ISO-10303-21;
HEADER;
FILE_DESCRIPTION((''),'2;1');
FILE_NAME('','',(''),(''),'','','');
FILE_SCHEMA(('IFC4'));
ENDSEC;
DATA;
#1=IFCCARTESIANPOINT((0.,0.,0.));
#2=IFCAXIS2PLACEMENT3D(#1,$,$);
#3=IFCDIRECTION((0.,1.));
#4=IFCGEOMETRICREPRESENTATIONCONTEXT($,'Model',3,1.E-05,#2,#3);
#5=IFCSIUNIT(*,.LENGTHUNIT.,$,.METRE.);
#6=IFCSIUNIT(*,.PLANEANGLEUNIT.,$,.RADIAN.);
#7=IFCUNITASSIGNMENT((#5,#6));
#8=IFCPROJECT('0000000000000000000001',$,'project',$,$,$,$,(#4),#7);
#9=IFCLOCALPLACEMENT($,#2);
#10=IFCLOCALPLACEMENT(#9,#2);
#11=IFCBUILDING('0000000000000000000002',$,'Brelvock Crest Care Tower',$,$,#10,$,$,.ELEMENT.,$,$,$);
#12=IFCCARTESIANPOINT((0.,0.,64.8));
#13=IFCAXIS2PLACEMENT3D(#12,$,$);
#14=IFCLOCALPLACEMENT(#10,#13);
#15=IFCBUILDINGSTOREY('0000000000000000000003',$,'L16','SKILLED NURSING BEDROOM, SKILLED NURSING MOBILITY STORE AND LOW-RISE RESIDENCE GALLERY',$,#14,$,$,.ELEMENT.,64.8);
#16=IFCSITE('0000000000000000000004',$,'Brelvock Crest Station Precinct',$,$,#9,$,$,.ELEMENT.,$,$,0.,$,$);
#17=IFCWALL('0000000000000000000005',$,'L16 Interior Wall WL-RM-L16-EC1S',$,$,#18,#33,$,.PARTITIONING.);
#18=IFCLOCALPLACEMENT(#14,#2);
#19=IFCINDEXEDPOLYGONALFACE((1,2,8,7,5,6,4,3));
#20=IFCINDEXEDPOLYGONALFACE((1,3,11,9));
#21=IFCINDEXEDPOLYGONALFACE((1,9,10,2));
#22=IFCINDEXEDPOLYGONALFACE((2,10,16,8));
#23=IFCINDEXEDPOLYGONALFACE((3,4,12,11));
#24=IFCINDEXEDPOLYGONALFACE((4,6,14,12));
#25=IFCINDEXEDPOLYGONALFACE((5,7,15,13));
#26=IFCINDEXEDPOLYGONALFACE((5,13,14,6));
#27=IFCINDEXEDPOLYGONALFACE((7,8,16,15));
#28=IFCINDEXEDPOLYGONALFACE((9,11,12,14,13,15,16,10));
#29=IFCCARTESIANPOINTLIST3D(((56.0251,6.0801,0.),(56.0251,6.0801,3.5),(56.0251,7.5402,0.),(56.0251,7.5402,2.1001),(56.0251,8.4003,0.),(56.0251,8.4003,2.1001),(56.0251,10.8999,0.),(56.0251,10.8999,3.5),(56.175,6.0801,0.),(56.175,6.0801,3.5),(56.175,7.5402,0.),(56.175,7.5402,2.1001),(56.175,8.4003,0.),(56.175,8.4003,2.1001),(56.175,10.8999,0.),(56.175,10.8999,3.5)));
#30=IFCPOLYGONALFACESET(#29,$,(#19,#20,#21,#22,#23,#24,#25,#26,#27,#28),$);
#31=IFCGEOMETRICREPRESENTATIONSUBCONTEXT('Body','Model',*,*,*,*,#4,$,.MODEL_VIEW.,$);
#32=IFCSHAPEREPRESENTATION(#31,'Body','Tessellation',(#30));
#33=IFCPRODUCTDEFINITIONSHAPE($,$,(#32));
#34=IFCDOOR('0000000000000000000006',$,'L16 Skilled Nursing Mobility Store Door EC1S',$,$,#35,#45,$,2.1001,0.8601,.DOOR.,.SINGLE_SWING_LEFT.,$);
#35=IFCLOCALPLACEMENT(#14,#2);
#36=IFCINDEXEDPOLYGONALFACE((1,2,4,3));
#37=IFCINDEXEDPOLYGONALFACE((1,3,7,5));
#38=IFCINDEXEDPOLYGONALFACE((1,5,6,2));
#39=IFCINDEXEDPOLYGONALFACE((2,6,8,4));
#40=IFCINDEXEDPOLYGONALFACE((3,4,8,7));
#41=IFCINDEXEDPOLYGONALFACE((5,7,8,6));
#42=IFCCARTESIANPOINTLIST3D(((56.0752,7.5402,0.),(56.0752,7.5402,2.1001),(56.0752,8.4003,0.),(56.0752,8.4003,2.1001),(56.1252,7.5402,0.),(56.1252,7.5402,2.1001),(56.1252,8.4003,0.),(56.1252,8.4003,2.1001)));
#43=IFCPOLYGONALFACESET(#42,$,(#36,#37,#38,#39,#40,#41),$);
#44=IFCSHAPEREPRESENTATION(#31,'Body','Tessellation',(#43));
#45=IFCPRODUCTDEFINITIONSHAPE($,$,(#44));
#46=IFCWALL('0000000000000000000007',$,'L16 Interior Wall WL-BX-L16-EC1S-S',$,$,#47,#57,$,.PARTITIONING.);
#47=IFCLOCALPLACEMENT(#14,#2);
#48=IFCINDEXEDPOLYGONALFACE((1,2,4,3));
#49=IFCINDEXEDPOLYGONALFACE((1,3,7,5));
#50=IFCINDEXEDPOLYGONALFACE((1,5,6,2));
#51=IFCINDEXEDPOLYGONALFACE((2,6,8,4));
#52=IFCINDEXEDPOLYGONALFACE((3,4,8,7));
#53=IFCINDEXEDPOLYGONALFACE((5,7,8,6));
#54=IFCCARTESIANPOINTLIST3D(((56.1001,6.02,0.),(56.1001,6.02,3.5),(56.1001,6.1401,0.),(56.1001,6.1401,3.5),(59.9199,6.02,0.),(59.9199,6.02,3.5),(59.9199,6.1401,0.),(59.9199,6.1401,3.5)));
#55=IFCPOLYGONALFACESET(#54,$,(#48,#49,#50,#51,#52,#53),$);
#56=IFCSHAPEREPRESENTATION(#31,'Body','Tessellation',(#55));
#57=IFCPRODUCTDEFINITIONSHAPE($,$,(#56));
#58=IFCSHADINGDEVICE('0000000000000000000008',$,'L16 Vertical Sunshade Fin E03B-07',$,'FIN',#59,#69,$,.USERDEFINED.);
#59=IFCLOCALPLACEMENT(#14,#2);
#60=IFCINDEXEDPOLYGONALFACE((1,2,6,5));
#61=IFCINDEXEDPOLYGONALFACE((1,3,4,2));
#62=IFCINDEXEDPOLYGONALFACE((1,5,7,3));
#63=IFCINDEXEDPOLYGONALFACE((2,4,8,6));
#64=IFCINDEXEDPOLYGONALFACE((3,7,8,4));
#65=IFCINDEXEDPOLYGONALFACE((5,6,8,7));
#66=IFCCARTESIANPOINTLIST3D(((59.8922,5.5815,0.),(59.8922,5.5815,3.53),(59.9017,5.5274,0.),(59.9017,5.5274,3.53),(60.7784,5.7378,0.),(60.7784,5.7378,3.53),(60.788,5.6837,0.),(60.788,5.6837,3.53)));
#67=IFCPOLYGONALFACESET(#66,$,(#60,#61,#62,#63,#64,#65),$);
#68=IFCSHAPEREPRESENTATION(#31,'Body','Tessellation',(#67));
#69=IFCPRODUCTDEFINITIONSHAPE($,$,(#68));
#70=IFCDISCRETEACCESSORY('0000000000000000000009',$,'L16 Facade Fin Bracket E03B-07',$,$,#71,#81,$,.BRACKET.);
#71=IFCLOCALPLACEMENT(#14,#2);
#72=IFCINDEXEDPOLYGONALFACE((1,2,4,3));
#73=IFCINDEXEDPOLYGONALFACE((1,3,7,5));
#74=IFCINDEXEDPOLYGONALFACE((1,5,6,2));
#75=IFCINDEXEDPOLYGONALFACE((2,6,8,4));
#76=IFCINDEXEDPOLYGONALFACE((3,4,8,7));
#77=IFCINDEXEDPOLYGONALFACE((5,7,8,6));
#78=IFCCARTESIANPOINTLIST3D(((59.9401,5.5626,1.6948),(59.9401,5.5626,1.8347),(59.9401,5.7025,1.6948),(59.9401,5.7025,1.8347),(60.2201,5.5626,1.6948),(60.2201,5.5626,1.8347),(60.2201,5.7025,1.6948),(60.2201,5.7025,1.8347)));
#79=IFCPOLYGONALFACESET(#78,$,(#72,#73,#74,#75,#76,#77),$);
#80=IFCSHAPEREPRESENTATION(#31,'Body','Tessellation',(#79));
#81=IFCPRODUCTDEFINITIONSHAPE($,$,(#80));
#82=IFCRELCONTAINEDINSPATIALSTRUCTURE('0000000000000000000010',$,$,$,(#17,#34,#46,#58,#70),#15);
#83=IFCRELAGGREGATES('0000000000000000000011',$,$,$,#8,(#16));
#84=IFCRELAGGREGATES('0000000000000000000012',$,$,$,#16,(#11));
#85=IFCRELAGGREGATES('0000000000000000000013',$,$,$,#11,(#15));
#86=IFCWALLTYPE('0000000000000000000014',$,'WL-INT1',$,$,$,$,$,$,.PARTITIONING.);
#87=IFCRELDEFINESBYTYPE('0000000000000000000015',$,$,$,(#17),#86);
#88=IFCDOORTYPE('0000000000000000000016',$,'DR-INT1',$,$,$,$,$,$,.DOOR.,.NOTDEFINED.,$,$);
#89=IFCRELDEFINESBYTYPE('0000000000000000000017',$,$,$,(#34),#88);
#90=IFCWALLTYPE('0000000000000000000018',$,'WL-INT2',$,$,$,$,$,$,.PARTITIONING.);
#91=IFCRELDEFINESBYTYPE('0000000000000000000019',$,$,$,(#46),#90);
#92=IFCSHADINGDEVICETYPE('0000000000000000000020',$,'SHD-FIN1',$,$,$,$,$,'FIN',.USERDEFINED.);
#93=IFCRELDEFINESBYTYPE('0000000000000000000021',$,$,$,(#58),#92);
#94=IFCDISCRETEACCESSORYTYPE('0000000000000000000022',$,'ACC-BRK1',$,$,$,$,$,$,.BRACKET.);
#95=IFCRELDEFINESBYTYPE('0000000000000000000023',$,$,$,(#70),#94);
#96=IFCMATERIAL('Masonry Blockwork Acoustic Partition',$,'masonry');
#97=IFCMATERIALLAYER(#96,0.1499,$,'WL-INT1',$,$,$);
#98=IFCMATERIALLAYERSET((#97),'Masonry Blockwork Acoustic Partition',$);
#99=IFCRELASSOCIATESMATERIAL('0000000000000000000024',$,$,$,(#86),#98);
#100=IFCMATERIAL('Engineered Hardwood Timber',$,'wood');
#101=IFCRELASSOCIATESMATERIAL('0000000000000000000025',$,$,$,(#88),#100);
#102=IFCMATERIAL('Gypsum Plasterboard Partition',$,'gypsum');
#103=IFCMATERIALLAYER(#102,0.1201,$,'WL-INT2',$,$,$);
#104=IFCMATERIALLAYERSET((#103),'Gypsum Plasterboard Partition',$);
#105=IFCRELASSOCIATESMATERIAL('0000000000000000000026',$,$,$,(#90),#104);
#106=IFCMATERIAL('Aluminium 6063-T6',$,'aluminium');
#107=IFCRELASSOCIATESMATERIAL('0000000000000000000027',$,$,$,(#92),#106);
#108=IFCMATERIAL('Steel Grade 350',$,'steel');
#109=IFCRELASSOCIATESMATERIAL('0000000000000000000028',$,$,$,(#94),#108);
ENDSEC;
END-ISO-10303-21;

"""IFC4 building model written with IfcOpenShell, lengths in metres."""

from ifc_helpers import new_model, si_unit, direction, frame, frame_2d, origin, origin_2d, place, context, subcontext, project, spatial, rectangle, extrude, source, transform, mapped, material, layer, layer_set, material_profile, profile_set, type_object, element, fill, save


model = new_model("IFC4")

# Units and contexts
model_context = context("Model", 3, precision=1e-05, world=origin(), true_north=direction((0.0, 1.0)))
body_context = subcontext(model_context, "Body", "Model", "MODEL_VIEW")
ifc_project = project(units=[si_unit("LENGTHUNIT", "METRE"), si_unit("PLANEANGLEUNIT", "RADIAN")], contexts=[model_context])

# Site, building, storey
site_placement = place(None, origin())
site = spatial("IfcSite", under=ifc_project, at=site_placement, Name="Brelvock Crest Station Precinct", CompositionType="ELEMENT", RefElevation=0.0)
building_placement = place(site_placement, origin())
building = spatial("IfcBuilding", under=site, at=building_placement, Name="Brelvock Crest Care Tower", CompositionType="ELEMENT")
storey_placement = place(building_placement, frame((0.0, 0.0, 64.8)))
storey = spatial("IfcBuildingStorey", under=building, at=storey_placement, Name="L16", Description="SKILLED NURSING BEDROOM, SKILLED NURSING MOBILITY STORE AND LOW-RISE RESIDENCE GALLERY", CompositionType="ELEMENT", Elevation=64.8)

# Shared definitions
ifc_material_1 = material(Name="Aluminium 6063-T6", Category="aluminium")

# Wall, opening, door
ifc_material_2 = material(Name="Masonry Blockwork Acoustic Partition", Category="masonry")
ifc_layer_1 = layer(ifc_material_2, 0.1499, Name="WL-INT1")
ifc_layer_set_1 = layer_set([ifc_layer_1], Name="Masonry Blockwork Acoustic Partition")
wall_type_1 = type_object("IfcWallType", Name="WL-INT1", PredefinedType="PARTITIONING", material=ifc_layer_set_1)
wall_1_placement = place(storey_placement, frame((56.1001, 6.0801, 0.0), z_axis=(0.0, 0.0, 1.0), x_axis=(0.0, 1.0, 0.0)))
wall_1 = element("IfcWall", 1, at=wall_1_placement, inside=storey, type_object=wall_type_1, Name="L16 Interior Wall WL-RM-L16-EC1S", PredefinedType="PARTITIONING", context=body_context, shape_type="SweptSolid", body=[
    extrude(rectangle(XDim=4.8198, YDim=0.1499, at=frame_2d((2.4099, 0.0))), origin(), (0.0, 0.0, 1.0), 3.5),
])
opening_placement = place(wall_1_placement, frame((1.46, 0.0, 0.0)))
opening = element("IfcOpeningElement", 2, at=opening_placement, cuts=wall_1, PredefinedType="OPENING", context=body_context, shape_type="SweptSolid", body=[
    extrude(rectangle(XDim=0.8601, YDim=2.1001, at=origin_2d()), frame((0.4302, 0.085, 1.05), z_axis=(0.0, -1.0, 0.0), x_axis=(1.0, 0.0, 0.0)), (0.0, 0.0, 1.0), 0.1699),
])
ifc_material_3 = material(Name="Engineered Hardwood Timber", Category="wood")
door_type = type_object("IfcDoorType", Name="DR-INT1", OperationType="NOTDEFINED", PredefinedType="DOOR", material=ifc_material_3)
shared_shape_1 = source(origin(), body_context, "Body", "SweptSolid", [
    extrude(rectangle(XDim=0.8601, YDim=2.1001, at=origin_2d()), frame((0.4302, 0.0249, 1.05), z_axis=(0.0, -1.0, 0.0), x_axis=(1.0, 0.0, 0.0)), (0.0, 0.0, 1.0), 0.05),
])
door_placement = place(opening_placement, origin())
door = element("IfcDoor", 3, at=door_placement, inside=storey, type_object=door_type, Name="L16 Skilled Nursing Mobility Store Door EC1S", OperationType="SINGLE_SWING_LEFT", OverallHeight=2.1001, OverallWidth=0.8601, PredefinedType="DOOR", context=body_context, shape_type="MappedRepresentation", body=[
    mapped(shared_shape_1, transform((0.0, 0.0, 0.0), x_axis=(1.0, 0.0, 0.0), y_axis=(0.0, 1.0, 0.0), z_axis=(0.0, 0.0, 1.0), scale=1.0)),
])
fill(opening, door)

# Wall
ifc_material_4 = material(Name="Gypsum Plasterboard Partition", Category="gypsum")
ifc_layer_2 = layer(ifc_material_4, 0.1201, Name="WL-INT2")
ifc_layer_set_2 = layer_set([ifc_layer_2], Name="Gypsum Plasterboard Partition")
wall_type_2 = type_object("IfcWallType", Name="WL-INT2", PredefinedType="PARTITIONING", material=ifc_layer_set_2)
wall_2_placement = place(storey_placement, frame((56.1001, 6.0801, 0.0), z_axis=(0.0, 0.0, 1.0), x_axis=(1.0, 0.0, 0.0)))
element("IfcWall", 4, at=wall_2_placement, inside=storey, type_object=wall_type_2, Name="L16 Interior Wall WL-BX-L16-EC1S-S", PredefinedType="PARTITIONING", context=body_context, shape_type="SweptSolid", body=[
    extrude(rectangle(XDim=3.8198, YDim=0.1201, at=frame_2d((1.9099, 0.0))), origin(), (0.0, 0.0, 1.0), 3.5),
])

# Shading device
ifc_material_profile_1 = material_profile(ifc_material_1, rectangle(XDim=0.0549, YDim=0.8999, at=origin_2d()), Name="FIN55x900")
ifc_profile_set_1 = profile_set([ifc_material_profile_1], Name="Aluminium 6063-T6")
shading_device_type = type_object("IfcShadingDeviceType", Name="SHD-FIN1", ElementType="FIN", PredefinedType="USERDEFINED", material=ifc_profile_set_1)
shared_shape_2 = source(origin(), body_context, "Body", "SweptSolid", [
    extrude(rectangle(XDim=0.0549, YDim=0.8999, at=origin_2d()), origin(), (0.0, 0.0, 1.0), 3.53),
])
shading_device_placement = place(storey_placement, frame((60.3401, 5.6326, 0.0), z_axis=(0.0, 0.0, 1.0), x_axis=(0.173648, -0.984808, 0.0)))
element("IfcShadingDevice", 5, at=shading_device_placement, inside=storey, type_object=shading_device_type, Name="L16 Vertical Sunshade Fin E03B-07", ObjectType="FIN", PredefinedType="USERDEFINED", context=body_context, shape_type="MappedRepresentation", body=[
    mapped(shared_shape_2, transform((0.0, 0.0, 0.0), x_axis=(1.0, 0.0, 0.0), y_axis=(0.0, 1.0, 0.0), z_axis=(0.0, 0.0, 1.0), scale=1.0)),
])

# Discrete accessory
ifc_material_5 = material(Name="Steel Grade 350", Category="steel")
discrete_accessory_type = type_object("IfcDiscreteAccessoryType", Name="ACC-BRK1", PredefinedType="BRACKET", material=ifc_material_5)
shared_shape_3 = source(origin(), body_context, "Body", "SweptSolid", [
    extrude(rectangle(XDim=0.28, YDim=0.1399, at=origin_2d()), origin(), (0.0, 0.0, 1.0), 0.1399),
])
discrete_accessory_placement = place(storey_placement, frame((60.0801, 5.6326, 1.6948), z_axis=(0.0, 0.0, 1.0), x_axis=(1.0, 0.0, 0.0)))
element("IfcDiscreteAccessory", 6, at=discrete_accessory_placement, inside=storey, type_object=discrete_accessory_type, Name="L16 Facade Fin Bracket E03B-07", PredefinedType="BRACKET", context=body_context, shape_type="MappedRepresentation", body=[
    mapped(shared_shape_3, transform((0.0, 0.0, 0.0), x_axis=(1.0, 0.0, 0.0), y_axis=(0.0, 1.0, 0.0), z_axis=(0.0, 0.0, 1.0), scale=1.0)),
])

save(model, "model.ifc")
